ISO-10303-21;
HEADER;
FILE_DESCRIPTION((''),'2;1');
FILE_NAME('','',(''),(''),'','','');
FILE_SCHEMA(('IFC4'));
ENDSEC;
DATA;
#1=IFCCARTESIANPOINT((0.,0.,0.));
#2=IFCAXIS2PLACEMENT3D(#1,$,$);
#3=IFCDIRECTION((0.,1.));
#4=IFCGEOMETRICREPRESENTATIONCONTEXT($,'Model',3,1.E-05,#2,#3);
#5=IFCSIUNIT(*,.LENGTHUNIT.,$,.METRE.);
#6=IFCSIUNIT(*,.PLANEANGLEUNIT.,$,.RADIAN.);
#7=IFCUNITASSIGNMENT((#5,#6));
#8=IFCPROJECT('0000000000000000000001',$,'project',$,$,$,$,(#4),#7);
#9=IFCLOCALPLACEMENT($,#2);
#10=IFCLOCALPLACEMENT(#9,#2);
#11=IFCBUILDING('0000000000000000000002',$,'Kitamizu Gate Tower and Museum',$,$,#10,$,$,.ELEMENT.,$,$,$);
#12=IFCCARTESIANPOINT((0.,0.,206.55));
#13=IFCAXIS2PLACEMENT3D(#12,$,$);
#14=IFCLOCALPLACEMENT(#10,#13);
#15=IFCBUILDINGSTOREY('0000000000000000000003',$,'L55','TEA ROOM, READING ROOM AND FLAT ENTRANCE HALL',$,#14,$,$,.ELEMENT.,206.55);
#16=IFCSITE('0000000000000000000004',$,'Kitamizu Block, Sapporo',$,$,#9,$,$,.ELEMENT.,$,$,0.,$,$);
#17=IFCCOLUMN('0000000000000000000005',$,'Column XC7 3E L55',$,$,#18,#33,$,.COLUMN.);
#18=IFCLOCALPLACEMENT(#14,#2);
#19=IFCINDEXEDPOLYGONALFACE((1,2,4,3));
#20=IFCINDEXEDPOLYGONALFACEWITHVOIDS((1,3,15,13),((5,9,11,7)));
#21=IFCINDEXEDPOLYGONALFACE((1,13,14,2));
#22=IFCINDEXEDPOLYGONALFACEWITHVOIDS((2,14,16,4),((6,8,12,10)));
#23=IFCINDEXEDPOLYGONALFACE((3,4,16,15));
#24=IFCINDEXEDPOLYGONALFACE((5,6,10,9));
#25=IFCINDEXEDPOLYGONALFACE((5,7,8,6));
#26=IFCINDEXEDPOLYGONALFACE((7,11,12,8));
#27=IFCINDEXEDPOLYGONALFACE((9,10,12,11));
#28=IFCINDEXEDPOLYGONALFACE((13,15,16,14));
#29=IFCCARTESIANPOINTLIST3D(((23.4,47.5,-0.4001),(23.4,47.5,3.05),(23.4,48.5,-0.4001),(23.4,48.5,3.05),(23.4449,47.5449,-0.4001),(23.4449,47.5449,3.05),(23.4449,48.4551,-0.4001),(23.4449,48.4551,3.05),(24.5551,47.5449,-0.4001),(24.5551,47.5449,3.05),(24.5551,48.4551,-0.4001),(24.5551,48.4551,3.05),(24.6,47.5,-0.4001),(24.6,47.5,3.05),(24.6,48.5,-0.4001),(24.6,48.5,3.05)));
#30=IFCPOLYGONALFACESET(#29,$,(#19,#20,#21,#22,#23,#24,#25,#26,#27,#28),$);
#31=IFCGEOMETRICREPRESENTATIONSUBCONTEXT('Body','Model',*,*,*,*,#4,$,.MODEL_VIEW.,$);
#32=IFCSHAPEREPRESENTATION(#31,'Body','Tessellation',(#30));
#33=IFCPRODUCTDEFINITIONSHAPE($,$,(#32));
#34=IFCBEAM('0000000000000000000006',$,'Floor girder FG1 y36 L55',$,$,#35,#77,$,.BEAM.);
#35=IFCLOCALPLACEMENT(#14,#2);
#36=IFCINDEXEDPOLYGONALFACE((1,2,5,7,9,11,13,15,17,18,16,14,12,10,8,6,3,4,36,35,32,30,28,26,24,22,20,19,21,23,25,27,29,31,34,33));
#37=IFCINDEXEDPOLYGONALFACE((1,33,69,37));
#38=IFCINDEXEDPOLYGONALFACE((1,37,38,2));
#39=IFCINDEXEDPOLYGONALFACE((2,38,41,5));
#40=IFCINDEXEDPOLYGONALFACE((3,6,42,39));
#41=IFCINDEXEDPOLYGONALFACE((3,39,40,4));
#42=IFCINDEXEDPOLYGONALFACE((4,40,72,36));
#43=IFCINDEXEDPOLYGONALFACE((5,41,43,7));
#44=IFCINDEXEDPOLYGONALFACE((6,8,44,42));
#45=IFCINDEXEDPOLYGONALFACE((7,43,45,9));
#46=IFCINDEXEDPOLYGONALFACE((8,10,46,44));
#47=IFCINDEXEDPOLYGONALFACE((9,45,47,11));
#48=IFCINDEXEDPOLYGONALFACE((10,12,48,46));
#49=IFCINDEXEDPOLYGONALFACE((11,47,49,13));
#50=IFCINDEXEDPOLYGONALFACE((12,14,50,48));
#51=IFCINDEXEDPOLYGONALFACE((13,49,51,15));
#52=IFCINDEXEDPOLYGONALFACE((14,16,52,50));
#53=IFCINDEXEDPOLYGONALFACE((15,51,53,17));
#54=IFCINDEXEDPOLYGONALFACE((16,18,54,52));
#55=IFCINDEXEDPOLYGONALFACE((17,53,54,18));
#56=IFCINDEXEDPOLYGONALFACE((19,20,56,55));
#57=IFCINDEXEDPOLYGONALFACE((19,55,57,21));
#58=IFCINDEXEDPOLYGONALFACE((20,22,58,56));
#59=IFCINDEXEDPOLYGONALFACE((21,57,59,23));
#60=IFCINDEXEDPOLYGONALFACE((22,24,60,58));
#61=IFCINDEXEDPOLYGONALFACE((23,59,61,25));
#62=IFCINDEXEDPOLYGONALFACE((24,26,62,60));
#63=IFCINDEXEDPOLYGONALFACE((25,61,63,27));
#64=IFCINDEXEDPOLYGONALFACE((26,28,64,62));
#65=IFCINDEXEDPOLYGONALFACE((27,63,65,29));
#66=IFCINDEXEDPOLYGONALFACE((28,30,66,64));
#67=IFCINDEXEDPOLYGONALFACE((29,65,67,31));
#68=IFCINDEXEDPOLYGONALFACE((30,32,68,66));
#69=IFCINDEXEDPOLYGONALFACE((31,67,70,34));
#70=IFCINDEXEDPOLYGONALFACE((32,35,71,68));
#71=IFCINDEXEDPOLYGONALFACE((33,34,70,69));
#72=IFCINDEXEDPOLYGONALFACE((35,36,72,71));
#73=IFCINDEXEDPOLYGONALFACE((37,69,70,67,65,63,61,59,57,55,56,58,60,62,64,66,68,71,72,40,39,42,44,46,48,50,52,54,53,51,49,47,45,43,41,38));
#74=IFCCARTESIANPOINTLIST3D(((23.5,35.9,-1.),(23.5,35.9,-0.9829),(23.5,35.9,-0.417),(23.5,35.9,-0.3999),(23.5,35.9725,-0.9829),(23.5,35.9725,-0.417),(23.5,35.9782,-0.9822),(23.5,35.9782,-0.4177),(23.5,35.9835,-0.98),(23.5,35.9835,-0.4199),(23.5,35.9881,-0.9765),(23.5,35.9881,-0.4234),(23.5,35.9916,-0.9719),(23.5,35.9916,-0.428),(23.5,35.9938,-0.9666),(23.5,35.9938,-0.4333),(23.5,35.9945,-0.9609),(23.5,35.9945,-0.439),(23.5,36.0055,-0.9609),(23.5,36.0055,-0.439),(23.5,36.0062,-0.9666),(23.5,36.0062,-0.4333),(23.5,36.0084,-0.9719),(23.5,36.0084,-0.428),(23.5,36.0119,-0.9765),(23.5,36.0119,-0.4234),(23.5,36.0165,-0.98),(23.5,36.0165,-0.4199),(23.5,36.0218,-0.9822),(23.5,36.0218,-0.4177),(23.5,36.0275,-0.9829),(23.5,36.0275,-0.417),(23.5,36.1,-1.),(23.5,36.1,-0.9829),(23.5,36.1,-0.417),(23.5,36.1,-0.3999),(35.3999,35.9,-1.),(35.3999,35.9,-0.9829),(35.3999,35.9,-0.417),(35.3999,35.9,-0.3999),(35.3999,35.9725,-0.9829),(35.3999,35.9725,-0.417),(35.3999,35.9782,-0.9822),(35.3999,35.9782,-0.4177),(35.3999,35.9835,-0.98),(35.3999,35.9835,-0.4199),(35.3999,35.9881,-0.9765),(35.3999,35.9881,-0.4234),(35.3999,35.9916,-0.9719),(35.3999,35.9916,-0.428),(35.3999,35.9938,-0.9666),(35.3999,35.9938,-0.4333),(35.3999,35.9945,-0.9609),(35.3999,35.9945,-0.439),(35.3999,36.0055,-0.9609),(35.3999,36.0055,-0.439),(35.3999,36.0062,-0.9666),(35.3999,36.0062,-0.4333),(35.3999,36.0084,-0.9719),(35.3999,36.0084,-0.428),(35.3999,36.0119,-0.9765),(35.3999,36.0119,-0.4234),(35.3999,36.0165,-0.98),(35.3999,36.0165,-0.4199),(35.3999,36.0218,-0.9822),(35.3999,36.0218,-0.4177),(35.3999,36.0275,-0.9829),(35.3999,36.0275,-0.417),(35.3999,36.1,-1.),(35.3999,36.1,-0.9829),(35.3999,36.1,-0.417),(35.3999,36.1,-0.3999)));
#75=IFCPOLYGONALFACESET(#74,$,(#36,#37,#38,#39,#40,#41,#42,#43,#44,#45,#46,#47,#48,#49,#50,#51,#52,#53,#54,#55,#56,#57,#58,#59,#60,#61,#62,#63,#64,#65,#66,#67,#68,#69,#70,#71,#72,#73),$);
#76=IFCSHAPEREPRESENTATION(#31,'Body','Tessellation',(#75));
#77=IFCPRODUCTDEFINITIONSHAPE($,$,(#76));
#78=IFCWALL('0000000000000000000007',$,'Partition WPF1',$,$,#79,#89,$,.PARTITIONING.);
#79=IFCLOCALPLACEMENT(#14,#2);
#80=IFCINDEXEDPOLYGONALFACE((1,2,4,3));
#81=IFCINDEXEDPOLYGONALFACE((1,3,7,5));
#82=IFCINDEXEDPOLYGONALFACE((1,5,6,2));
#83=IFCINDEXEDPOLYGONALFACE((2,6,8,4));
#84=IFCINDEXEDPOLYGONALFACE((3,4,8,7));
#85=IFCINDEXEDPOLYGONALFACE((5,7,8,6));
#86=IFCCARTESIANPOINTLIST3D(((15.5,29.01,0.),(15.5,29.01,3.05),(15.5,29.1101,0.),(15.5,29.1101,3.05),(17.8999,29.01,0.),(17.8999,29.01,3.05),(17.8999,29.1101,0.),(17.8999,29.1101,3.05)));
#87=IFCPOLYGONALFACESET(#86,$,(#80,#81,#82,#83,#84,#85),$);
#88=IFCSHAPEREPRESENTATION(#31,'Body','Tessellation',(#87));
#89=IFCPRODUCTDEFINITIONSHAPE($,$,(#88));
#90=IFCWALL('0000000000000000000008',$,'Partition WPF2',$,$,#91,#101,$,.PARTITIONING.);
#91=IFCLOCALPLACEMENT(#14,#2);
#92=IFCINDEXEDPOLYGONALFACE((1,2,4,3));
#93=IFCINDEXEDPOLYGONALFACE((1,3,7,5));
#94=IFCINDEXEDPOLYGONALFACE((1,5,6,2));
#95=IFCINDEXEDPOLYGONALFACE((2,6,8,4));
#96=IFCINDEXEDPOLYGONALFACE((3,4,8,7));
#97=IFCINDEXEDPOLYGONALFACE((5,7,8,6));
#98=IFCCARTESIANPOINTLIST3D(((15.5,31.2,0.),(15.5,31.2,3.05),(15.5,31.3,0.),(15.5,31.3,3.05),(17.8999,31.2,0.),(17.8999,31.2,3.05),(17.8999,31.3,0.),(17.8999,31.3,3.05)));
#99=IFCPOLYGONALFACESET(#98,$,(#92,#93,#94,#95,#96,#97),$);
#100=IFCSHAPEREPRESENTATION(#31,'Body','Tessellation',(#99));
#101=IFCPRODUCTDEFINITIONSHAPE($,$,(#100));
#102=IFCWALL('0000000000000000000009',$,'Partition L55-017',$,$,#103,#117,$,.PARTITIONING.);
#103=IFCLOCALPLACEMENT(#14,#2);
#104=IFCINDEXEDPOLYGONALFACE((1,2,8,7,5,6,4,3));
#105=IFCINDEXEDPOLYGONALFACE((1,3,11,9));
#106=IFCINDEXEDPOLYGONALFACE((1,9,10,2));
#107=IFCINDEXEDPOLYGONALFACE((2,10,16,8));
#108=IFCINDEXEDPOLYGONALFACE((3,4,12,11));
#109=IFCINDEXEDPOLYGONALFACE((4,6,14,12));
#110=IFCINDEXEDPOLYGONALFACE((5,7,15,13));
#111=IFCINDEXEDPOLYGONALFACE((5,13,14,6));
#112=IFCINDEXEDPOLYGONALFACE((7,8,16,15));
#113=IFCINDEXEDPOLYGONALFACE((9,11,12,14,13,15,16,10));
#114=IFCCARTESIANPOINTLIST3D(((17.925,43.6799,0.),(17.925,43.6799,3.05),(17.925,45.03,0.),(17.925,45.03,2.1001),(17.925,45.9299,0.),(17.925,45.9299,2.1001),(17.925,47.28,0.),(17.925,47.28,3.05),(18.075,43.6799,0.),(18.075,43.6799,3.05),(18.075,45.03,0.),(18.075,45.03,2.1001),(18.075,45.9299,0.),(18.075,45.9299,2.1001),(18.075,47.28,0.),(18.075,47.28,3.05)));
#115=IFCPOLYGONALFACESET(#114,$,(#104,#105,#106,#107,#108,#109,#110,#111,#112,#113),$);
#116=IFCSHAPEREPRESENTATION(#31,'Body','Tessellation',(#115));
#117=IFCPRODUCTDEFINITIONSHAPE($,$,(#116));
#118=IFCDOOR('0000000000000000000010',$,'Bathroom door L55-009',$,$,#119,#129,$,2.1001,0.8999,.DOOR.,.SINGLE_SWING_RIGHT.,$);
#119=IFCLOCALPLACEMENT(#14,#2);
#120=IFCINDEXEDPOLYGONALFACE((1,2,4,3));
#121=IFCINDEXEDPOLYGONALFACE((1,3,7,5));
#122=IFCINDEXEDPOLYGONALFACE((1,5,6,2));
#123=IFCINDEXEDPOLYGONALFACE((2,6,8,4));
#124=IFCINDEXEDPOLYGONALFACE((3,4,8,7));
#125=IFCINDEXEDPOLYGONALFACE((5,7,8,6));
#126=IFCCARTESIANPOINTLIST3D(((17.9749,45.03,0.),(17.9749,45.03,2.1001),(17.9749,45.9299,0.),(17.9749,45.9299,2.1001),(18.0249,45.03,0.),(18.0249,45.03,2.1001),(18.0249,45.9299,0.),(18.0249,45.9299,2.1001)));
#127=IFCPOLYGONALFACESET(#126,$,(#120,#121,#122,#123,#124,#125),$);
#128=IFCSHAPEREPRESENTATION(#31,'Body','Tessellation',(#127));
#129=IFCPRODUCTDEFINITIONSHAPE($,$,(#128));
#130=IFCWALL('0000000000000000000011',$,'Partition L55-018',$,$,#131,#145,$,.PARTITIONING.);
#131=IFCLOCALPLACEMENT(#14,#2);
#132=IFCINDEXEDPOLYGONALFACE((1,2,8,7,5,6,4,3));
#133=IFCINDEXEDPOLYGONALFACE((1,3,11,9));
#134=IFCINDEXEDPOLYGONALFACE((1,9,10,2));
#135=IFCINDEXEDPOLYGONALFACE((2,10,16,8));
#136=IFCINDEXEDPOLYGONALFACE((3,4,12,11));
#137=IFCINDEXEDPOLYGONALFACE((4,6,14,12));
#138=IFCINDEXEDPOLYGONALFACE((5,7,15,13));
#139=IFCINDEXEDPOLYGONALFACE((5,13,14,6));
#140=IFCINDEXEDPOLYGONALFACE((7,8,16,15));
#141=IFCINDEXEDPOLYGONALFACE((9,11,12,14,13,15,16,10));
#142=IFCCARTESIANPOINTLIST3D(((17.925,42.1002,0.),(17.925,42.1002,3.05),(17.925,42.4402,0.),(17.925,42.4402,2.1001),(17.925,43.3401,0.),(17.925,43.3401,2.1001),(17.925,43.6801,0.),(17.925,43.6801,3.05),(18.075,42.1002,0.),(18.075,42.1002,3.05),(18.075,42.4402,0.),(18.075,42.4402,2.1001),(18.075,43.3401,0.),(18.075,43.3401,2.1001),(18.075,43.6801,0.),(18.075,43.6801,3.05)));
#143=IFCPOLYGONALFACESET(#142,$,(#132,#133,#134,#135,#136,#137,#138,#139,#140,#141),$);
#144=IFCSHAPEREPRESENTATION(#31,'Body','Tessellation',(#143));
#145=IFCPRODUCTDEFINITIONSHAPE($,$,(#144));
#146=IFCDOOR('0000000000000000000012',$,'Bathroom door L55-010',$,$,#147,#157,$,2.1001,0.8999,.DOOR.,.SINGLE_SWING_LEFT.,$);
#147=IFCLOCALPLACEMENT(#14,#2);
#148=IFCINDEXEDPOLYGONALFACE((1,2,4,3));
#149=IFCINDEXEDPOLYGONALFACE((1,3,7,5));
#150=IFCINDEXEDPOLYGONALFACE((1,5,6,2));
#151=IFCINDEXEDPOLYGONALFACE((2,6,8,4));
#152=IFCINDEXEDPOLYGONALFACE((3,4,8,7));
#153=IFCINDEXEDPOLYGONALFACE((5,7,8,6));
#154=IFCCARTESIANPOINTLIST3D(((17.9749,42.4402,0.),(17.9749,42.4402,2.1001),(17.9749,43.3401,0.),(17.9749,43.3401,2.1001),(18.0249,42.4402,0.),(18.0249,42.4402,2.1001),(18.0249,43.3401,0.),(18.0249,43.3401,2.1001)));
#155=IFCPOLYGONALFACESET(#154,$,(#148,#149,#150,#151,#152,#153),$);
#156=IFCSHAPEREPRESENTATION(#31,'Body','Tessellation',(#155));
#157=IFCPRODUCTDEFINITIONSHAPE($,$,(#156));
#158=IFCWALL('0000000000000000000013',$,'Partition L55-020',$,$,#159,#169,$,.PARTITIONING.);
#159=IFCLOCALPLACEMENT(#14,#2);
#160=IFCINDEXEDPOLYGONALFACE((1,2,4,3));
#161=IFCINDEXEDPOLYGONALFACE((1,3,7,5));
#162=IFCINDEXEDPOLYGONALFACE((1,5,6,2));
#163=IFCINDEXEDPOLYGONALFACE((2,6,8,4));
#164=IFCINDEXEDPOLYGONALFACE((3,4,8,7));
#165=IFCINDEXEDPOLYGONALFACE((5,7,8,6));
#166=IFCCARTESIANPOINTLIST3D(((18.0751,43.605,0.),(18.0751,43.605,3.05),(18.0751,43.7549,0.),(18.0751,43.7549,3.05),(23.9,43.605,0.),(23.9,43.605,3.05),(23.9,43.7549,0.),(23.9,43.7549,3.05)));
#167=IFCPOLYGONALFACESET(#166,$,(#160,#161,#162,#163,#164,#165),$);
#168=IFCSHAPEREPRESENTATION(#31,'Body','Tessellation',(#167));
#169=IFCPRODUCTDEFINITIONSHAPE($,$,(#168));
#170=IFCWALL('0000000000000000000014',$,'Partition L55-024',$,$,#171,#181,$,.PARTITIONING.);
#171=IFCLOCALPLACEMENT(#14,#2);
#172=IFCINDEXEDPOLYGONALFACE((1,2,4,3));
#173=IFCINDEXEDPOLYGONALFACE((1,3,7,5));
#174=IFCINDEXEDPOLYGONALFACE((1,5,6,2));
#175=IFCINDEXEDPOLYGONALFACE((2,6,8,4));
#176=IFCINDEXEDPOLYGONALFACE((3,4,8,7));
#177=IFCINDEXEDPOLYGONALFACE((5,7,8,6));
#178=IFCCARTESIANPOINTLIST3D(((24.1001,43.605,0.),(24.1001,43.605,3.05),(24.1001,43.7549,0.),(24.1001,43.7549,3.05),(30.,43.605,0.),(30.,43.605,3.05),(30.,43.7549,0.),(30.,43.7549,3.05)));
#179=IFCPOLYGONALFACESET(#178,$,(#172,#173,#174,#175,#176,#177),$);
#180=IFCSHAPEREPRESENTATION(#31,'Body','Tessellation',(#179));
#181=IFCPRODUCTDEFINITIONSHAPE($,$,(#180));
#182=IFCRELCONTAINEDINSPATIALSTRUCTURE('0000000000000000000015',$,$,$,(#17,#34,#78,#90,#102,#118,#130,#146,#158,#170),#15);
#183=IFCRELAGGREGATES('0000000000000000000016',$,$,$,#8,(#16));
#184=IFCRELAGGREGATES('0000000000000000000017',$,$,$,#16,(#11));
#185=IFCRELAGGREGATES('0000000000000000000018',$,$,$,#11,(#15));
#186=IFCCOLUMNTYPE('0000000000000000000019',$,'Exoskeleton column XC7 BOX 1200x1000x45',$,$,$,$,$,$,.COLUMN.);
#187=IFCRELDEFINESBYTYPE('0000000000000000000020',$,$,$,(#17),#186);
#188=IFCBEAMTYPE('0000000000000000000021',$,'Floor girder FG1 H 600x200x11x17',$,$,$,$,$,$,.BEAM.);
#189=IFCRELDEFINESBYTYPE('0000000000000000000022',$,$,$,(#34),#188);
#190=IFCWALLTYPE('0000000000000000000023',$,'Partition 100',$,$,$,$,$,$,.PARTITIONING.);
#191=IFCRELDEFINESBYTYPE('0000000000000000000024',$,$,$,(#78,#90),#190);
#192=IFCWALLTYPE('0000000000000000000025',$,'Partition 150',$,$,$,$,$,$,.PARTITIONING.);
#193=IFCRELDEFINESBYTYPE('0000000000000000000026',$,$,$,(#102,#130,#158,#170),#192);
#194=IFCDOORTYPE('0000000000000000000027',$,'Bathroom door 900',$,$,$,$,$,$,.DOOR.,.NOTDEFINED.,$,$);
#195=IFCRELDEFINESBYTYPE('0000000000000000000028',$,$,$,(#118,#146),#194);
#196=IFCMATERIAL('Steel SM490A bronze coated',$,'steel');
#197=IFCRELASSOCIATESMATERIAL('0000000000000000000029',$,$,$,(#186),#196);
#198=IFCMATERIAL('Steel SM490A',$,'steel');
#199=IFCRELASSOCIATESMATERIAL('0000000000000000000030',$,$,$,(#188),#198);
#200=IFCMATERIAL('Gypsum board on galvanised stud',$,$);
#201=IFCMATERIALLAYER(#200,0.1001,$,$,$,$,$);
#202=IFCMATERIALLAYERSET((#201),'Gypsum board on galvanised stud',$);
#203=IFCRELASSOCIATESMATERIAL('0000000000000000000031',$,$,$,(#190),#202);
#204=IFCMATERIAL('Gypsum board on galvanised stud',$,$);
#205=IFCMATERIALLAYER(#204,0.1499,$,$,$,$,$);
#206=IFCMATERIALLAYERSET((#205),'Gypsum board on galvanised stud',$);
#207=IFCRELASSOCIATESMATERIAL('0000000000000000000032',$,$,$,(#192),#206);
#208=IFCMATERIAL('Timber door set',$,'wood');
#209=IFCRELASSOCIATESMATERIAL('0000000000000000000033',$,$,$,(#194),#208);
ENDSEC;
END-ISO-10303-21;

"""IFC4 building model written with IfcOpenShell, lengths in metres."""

from ifc_helpers import new_model, si_unit, direction, frame, frame_2d, origin, origin_2d, place, context, subcontext, project, spatial, rectangle, hollow_rectangle, i_section, extrude, material, layer, layer_set, material_profile, profile_set, type_object, element, fill, save


model = new_model("IFC4")

# Units and contexts
model_context = context("Model", 3, precision=1e-05, world=origin(), true_north=direction((0.0, 1.0)))
body_context = subcontext(model_context, "Body", "Model", "MODEL_VIEW")
ifc_project = project(units=[si_unit("LENGTHUNIT", "METRE"), si_unit("PLANEANGLEUNIT", "RADIAN")], contexts=[model_context])

# Site, building, storey
site_placement = place(None, origin())
site = spatial("IfcSite", under=ifc_project, at=site_placement, Name="Kitamizu Block, Sapporo", CompositionType="ELEMENT", RefElevation=0.0)
building_placement = place(site_placement, origin())
building = spatial("IfcBuilding", under=site, at=building_placement, Name="Kitamizu Gate Tower and Museum", CompositionType="ELEMENT")
storey_placement = place(building_placement, frame((0.0, 0.0, 206.55)))
storey = spatial("IfcBuildingStorey", under=building, at=storey_placement, Name="L55", Description="TEA ROOM, READING ROOM AND FLAT ENTRANCE HALL", CompositionType="ELEMENT", Elevation=206.55)

# Column
ifc_material_1 = material(Name="Steel SM490A bronze coated", Category="steel")
ifc_material_profile_1 = material_profile(ifc_material_1, hollow_rectangle(XDim=1.2, YDim=1.0, WallThickness=0.0449, at=origin_2d()), Name="BOX 1200x1000x45")
ifc_profile_set_1 = profile_set([ifc_material_profile_1], Name="Steel SM490A bronze coated")
column_type = type_object("IfcColumnType", Name="Exoskeleton column XC7 BOX 1200x1000x45", PredefinedType="COLUMN", material=ifc_profile_set_1)
column_placement = place(storey_placement, frame((24.0, 48.0, -0.4001), z_axis=(0.0, 0.0, 1.0), x_axis=(1.0, 0.0, 0.0)))
element("IfcColumn", 1, at=column_placement, inside=storey, type_object=column_type, Name="Column XC7 3E L55", PredefinedType="COLUMN", context=body_context, shape_type="SweptSolid", body=[
    extrude(hollow_rectangle(XDim=1.2, YDim=1.0, WallThickness=0.0449, at=origin_2d()), origin(), (0.0, 0.0, 1.0), 3.4502),
])

# Beam
ifc_material_2 = material(Name="Steel SM490A", Category="steel")
ifc_material_profile_2 = material_profile(ifc_material_2, i_section(OverallWidth=0.2, OverallDepth=0.6001, WebThickness=0.011, FlangeThickness=0.0171, FilletRadius=0.022, at=origin_2d()), Name="H-600x200x11x17")
ifc_profile_set_2 = profile_set([ifc_material_profile_2], Name="Steel SM490A")
beam_type = type_object("IfcBeamType", Name="Floor girder FG1 H 600x200x11x17", PredefinedType="BEAM", material=ifc_profile_set_2)
beam_placement = place(storey_placement, frame((23.5, 36.0, -0.7), z_axis=(1.0, 0.0, 0.0), x_axis=(0.0, 1.0, 0.0)))
element("IfcBeam", 2, at=beam_placement, inside=storey, type_object=beam_type, Name="Floor girder FG1 y36 L55", PredefinedType="BEAM", context=body_context, shape_type="SweptSolid", body=[
    extrude(i_section(OverallWidth=0.2, OverallDepth=0.6001, WebThickness=0.011, FlangeThickness=0.0171, FilletRadius=0.022, at=origin_2d()), origin(), (0.0, 0.0, 1.0), 11.8999),
])

# Walls
ifc_material_3 = material(Name="Gypsum board on galvanised stud")
ifc_layer_1 = layer(ifc_material_3, 0.1001)
ifc_layer_set_1 = layer_set([ifc_layer_1], Name="Gypsum board on galvanised stud")
wall_type_1 = type_object("IfcWallType", Name="Partition 100", PredefinedType="PARTITIONING", material=ifc_layer_set_1)
for number, where, z_axis, x_axis, name in (
    (3, (15.5, 29.0601, 0.0), (0.0, 0.0, 1.0), (1.0, 0.0, 0.0), "Partition WPF1"),
    (4, (15.5, 31.25, 0.0), (0.0, 0.0, 1.0), (1.0, 0.0, 0.0), "Partition WPF2"),
):
    element("IfcWall", number, at=place(storey_placement, frame(where, z_axis=z_axis, x_axis=x_axis)), inside=storey, type_object=wall_type_1, Name=name, PredefinedType="PARTITIONING", context=body_context, shape_type="SweptSolid", body=[
        extrude(rectangle(XDim=2.3999, YDim=0.1001, at=frame_2d((1.2, 0.0))), origin(), (0.0, 0.0, 1.0), 3.05),
    ])

# Walls, openings, doors
ifc_material_4 = material(Name="Gypsum board on galvanised stud")
ifc_layer_2 = layer(ifc_material_4, 0.1499)
ifc_layer_set_2 = layer_set([ifc_layer_2], Name="Gypsum board on galvanised stud")
wall_type_2 = type_object("IfcWallType", Name="Partition 150", PredefinedType="PARTITIONING", material=ifc_layer_set_2)
wall_1_placement = place(storey_placement, frame((18.0, 43.6799, 0.0), z_axis=(0.0, 0.0, 1.0), x_axis=(0.0, 1.0, 0.0)))
wall_1 = element("IfcWall", 5, at=wall_1_placement, inside=storey, type_object=wall_type_2, Name="Partition L55-017", PredefinedType="PARTITIONING", context=body_context, shape_type="SweptSolid", body=[
    extrude(rectangle(XDim=3.6001, YDim=0.1499, at=frame_2d((1.8, 0.0))), origin(), (0.0, 0.0, 1.0), 3.05),
])
opening_1_placement = place(wall_1_placement, frame((1.3501, 0.0, 0.0)))
opening_1 = element("IfcOpeningElement", 6, at=opening_1_placement, cuts=wall_1, PredefinedType="OPENING", context=body_context, shape_type="SweptSolid", body=[
    extrude(rectangle(XDim=0.8999, YDim=2.1001, at=frame_2d((0.45, 1.05))), frame((0.0, 0.085, 0.0), z_axis=(0.0, -1.0, 0.0), x_axis=(1.0, 0.0, 0.0)), (0.0, 0.0, 1.0), 0.1699),
])
ifc_material_5 = material(Name="Timber door set", Category="wood")
door_type_1 = type_object("IfcDoorType", Name="Bathroom door 900", OperationType="NOTDEFINED", PredefinedType="DOOR", material=ifc_material_5)
door_1_placement = place(opening_1_placement, frame((0.8999, 0.0, 0.0), x_axis=(-1.0, 0.0, 0.0)))
door_1 = element("IfcDoor", 7, at=door_1_placement, inside=storey, type_object=door_type_1, Name="Bathroom door L55-009", OperationType="SINGLE_SWING_RIGHT", OverallHeight=2.1001, OverallWidth=0.8999, PredefinedType="DOOR", context=body_context, shape_type="SweptSolid", body=[
    extrude(rectangle(XDim=0.8999, YDim=2.1001, at=frame_2d((0.45, 1.05))), frame((0.0, 0.0249, 0.0), z_axis=(0.0, -1.0, 0.0), x_axis=(1.0, 0.0, 0.0)), (0.0, 0.0, 1.0), 0.05),
])
fill(opening_1, door_1)
wall_2_placement = place(storey_placement, frame((18.0, 42.1001, 0.0), z_axis=(0.0, 0.0, 1.0), x_axis=(0.0, 1.0, 0.0)))
wall_2 = element("IfcWall", 8, at=wall_2_placement, inside=storey, type_object=wall_type_2, Name="Partition L55-018", PredefinedType="PARTITIONING", context=body_context, shape_type="SweptSolid", body=[
    extrude(rectangle(XDim=1.5798, YDim=0.1499, at=frame_2d((0.79, 0.0))), origin(), (0.0, 0.0, 1.0), 3.05),
])
opening_2_placement = place(wall_2_placement, frame((0.3401, 0.0, 0.0)))
opening_2 = element("IfcOpeningElement", 9, at=opening_2_placement, cuts=wall_2, PredefinedType="OPENING", context=body_context, shape_type="SweptSolid", body=[
    extrude(rectangle(XDim=0.8999, YDim=2.1001, at=frame_2d((0.45, 1.05))), frame((0.0, 0.085, 0.0), z_axis=(0.0, -1.0, 0.0), x_axis=(1.0, 0.0, 0.0)), (0.0, 0.0, 1.0), 0.1699),
])
door_2_placement = place(opening_2_placement, frame((0.8999, 0.0, 0.0), x_axis=(-1.0, 0.0, 0.0)))
door_2 = element("IfcDoor", 10, at=door_2_placement, inside=storey, type_object=door_type_1, Name="Bathroom door L55-010", OperationType="SINGLE_SWING_LEFT", OverallHeight=2.1001, OverallWidth=0.8999, PredefinedType="DOOR", context=body_context, shape_type="SweptSolid", body=[
    extrude(rectangle(XDim=0.8999, YDim=2.1001, at=frame_2d((0.45, 1.05))), frame((0.0, 0.0249, 0.0), z_axis=(0.0, -1.0, 0.0), x_axis=(1.0, 0.0, 0.0)), (0.0, 0.0, 1.0), 0.05),
])
fill(opening_2, door_2)

# Walls
wall_3_placement = place(storey_placement, frame((18.075, 43.6799, 0.0), z_axis=(0.0, 0.0, 1.0), x_axis=(1.0, 0.0, 0.0)))
element("IfcWall", 11, at=wall_3_placement, inside=storey, type_object=wall_type_2, Name="Partition L55-020", PredefinedType="PARTITIONING", context=body_context, shape_type="SweptSolid", body=[
    extrude(rectangle(XDim=5.825, YDim=0.1499, at=frame_2d((2.9126, 0.0))), origin(), (0.0, 0.0, 1.0), 3.05),
])
wall_4_placement = place(storey_placement, frame((24.1001, 43.6799, 0.0), z_axis=(0.0, 0.0, 1.0), x_axis=(1.0, 0.0, 0.0)))
element("IfcWall", 12, at=wall_4_placement, inside=storey, type_object=wall_type_2, Name="Partition L55-024", PredefinedType="PARTITIONING", context=body_context, shape_type="SweptSolid", body=[
    extrude(rectangle(XDim=5.8999, YDim=0.1499, at=frame_2d((2.95, 0.0))), origin(), (0.0, 0.0, 1.0), 3.05),
])

save(model, "model.ifc")
